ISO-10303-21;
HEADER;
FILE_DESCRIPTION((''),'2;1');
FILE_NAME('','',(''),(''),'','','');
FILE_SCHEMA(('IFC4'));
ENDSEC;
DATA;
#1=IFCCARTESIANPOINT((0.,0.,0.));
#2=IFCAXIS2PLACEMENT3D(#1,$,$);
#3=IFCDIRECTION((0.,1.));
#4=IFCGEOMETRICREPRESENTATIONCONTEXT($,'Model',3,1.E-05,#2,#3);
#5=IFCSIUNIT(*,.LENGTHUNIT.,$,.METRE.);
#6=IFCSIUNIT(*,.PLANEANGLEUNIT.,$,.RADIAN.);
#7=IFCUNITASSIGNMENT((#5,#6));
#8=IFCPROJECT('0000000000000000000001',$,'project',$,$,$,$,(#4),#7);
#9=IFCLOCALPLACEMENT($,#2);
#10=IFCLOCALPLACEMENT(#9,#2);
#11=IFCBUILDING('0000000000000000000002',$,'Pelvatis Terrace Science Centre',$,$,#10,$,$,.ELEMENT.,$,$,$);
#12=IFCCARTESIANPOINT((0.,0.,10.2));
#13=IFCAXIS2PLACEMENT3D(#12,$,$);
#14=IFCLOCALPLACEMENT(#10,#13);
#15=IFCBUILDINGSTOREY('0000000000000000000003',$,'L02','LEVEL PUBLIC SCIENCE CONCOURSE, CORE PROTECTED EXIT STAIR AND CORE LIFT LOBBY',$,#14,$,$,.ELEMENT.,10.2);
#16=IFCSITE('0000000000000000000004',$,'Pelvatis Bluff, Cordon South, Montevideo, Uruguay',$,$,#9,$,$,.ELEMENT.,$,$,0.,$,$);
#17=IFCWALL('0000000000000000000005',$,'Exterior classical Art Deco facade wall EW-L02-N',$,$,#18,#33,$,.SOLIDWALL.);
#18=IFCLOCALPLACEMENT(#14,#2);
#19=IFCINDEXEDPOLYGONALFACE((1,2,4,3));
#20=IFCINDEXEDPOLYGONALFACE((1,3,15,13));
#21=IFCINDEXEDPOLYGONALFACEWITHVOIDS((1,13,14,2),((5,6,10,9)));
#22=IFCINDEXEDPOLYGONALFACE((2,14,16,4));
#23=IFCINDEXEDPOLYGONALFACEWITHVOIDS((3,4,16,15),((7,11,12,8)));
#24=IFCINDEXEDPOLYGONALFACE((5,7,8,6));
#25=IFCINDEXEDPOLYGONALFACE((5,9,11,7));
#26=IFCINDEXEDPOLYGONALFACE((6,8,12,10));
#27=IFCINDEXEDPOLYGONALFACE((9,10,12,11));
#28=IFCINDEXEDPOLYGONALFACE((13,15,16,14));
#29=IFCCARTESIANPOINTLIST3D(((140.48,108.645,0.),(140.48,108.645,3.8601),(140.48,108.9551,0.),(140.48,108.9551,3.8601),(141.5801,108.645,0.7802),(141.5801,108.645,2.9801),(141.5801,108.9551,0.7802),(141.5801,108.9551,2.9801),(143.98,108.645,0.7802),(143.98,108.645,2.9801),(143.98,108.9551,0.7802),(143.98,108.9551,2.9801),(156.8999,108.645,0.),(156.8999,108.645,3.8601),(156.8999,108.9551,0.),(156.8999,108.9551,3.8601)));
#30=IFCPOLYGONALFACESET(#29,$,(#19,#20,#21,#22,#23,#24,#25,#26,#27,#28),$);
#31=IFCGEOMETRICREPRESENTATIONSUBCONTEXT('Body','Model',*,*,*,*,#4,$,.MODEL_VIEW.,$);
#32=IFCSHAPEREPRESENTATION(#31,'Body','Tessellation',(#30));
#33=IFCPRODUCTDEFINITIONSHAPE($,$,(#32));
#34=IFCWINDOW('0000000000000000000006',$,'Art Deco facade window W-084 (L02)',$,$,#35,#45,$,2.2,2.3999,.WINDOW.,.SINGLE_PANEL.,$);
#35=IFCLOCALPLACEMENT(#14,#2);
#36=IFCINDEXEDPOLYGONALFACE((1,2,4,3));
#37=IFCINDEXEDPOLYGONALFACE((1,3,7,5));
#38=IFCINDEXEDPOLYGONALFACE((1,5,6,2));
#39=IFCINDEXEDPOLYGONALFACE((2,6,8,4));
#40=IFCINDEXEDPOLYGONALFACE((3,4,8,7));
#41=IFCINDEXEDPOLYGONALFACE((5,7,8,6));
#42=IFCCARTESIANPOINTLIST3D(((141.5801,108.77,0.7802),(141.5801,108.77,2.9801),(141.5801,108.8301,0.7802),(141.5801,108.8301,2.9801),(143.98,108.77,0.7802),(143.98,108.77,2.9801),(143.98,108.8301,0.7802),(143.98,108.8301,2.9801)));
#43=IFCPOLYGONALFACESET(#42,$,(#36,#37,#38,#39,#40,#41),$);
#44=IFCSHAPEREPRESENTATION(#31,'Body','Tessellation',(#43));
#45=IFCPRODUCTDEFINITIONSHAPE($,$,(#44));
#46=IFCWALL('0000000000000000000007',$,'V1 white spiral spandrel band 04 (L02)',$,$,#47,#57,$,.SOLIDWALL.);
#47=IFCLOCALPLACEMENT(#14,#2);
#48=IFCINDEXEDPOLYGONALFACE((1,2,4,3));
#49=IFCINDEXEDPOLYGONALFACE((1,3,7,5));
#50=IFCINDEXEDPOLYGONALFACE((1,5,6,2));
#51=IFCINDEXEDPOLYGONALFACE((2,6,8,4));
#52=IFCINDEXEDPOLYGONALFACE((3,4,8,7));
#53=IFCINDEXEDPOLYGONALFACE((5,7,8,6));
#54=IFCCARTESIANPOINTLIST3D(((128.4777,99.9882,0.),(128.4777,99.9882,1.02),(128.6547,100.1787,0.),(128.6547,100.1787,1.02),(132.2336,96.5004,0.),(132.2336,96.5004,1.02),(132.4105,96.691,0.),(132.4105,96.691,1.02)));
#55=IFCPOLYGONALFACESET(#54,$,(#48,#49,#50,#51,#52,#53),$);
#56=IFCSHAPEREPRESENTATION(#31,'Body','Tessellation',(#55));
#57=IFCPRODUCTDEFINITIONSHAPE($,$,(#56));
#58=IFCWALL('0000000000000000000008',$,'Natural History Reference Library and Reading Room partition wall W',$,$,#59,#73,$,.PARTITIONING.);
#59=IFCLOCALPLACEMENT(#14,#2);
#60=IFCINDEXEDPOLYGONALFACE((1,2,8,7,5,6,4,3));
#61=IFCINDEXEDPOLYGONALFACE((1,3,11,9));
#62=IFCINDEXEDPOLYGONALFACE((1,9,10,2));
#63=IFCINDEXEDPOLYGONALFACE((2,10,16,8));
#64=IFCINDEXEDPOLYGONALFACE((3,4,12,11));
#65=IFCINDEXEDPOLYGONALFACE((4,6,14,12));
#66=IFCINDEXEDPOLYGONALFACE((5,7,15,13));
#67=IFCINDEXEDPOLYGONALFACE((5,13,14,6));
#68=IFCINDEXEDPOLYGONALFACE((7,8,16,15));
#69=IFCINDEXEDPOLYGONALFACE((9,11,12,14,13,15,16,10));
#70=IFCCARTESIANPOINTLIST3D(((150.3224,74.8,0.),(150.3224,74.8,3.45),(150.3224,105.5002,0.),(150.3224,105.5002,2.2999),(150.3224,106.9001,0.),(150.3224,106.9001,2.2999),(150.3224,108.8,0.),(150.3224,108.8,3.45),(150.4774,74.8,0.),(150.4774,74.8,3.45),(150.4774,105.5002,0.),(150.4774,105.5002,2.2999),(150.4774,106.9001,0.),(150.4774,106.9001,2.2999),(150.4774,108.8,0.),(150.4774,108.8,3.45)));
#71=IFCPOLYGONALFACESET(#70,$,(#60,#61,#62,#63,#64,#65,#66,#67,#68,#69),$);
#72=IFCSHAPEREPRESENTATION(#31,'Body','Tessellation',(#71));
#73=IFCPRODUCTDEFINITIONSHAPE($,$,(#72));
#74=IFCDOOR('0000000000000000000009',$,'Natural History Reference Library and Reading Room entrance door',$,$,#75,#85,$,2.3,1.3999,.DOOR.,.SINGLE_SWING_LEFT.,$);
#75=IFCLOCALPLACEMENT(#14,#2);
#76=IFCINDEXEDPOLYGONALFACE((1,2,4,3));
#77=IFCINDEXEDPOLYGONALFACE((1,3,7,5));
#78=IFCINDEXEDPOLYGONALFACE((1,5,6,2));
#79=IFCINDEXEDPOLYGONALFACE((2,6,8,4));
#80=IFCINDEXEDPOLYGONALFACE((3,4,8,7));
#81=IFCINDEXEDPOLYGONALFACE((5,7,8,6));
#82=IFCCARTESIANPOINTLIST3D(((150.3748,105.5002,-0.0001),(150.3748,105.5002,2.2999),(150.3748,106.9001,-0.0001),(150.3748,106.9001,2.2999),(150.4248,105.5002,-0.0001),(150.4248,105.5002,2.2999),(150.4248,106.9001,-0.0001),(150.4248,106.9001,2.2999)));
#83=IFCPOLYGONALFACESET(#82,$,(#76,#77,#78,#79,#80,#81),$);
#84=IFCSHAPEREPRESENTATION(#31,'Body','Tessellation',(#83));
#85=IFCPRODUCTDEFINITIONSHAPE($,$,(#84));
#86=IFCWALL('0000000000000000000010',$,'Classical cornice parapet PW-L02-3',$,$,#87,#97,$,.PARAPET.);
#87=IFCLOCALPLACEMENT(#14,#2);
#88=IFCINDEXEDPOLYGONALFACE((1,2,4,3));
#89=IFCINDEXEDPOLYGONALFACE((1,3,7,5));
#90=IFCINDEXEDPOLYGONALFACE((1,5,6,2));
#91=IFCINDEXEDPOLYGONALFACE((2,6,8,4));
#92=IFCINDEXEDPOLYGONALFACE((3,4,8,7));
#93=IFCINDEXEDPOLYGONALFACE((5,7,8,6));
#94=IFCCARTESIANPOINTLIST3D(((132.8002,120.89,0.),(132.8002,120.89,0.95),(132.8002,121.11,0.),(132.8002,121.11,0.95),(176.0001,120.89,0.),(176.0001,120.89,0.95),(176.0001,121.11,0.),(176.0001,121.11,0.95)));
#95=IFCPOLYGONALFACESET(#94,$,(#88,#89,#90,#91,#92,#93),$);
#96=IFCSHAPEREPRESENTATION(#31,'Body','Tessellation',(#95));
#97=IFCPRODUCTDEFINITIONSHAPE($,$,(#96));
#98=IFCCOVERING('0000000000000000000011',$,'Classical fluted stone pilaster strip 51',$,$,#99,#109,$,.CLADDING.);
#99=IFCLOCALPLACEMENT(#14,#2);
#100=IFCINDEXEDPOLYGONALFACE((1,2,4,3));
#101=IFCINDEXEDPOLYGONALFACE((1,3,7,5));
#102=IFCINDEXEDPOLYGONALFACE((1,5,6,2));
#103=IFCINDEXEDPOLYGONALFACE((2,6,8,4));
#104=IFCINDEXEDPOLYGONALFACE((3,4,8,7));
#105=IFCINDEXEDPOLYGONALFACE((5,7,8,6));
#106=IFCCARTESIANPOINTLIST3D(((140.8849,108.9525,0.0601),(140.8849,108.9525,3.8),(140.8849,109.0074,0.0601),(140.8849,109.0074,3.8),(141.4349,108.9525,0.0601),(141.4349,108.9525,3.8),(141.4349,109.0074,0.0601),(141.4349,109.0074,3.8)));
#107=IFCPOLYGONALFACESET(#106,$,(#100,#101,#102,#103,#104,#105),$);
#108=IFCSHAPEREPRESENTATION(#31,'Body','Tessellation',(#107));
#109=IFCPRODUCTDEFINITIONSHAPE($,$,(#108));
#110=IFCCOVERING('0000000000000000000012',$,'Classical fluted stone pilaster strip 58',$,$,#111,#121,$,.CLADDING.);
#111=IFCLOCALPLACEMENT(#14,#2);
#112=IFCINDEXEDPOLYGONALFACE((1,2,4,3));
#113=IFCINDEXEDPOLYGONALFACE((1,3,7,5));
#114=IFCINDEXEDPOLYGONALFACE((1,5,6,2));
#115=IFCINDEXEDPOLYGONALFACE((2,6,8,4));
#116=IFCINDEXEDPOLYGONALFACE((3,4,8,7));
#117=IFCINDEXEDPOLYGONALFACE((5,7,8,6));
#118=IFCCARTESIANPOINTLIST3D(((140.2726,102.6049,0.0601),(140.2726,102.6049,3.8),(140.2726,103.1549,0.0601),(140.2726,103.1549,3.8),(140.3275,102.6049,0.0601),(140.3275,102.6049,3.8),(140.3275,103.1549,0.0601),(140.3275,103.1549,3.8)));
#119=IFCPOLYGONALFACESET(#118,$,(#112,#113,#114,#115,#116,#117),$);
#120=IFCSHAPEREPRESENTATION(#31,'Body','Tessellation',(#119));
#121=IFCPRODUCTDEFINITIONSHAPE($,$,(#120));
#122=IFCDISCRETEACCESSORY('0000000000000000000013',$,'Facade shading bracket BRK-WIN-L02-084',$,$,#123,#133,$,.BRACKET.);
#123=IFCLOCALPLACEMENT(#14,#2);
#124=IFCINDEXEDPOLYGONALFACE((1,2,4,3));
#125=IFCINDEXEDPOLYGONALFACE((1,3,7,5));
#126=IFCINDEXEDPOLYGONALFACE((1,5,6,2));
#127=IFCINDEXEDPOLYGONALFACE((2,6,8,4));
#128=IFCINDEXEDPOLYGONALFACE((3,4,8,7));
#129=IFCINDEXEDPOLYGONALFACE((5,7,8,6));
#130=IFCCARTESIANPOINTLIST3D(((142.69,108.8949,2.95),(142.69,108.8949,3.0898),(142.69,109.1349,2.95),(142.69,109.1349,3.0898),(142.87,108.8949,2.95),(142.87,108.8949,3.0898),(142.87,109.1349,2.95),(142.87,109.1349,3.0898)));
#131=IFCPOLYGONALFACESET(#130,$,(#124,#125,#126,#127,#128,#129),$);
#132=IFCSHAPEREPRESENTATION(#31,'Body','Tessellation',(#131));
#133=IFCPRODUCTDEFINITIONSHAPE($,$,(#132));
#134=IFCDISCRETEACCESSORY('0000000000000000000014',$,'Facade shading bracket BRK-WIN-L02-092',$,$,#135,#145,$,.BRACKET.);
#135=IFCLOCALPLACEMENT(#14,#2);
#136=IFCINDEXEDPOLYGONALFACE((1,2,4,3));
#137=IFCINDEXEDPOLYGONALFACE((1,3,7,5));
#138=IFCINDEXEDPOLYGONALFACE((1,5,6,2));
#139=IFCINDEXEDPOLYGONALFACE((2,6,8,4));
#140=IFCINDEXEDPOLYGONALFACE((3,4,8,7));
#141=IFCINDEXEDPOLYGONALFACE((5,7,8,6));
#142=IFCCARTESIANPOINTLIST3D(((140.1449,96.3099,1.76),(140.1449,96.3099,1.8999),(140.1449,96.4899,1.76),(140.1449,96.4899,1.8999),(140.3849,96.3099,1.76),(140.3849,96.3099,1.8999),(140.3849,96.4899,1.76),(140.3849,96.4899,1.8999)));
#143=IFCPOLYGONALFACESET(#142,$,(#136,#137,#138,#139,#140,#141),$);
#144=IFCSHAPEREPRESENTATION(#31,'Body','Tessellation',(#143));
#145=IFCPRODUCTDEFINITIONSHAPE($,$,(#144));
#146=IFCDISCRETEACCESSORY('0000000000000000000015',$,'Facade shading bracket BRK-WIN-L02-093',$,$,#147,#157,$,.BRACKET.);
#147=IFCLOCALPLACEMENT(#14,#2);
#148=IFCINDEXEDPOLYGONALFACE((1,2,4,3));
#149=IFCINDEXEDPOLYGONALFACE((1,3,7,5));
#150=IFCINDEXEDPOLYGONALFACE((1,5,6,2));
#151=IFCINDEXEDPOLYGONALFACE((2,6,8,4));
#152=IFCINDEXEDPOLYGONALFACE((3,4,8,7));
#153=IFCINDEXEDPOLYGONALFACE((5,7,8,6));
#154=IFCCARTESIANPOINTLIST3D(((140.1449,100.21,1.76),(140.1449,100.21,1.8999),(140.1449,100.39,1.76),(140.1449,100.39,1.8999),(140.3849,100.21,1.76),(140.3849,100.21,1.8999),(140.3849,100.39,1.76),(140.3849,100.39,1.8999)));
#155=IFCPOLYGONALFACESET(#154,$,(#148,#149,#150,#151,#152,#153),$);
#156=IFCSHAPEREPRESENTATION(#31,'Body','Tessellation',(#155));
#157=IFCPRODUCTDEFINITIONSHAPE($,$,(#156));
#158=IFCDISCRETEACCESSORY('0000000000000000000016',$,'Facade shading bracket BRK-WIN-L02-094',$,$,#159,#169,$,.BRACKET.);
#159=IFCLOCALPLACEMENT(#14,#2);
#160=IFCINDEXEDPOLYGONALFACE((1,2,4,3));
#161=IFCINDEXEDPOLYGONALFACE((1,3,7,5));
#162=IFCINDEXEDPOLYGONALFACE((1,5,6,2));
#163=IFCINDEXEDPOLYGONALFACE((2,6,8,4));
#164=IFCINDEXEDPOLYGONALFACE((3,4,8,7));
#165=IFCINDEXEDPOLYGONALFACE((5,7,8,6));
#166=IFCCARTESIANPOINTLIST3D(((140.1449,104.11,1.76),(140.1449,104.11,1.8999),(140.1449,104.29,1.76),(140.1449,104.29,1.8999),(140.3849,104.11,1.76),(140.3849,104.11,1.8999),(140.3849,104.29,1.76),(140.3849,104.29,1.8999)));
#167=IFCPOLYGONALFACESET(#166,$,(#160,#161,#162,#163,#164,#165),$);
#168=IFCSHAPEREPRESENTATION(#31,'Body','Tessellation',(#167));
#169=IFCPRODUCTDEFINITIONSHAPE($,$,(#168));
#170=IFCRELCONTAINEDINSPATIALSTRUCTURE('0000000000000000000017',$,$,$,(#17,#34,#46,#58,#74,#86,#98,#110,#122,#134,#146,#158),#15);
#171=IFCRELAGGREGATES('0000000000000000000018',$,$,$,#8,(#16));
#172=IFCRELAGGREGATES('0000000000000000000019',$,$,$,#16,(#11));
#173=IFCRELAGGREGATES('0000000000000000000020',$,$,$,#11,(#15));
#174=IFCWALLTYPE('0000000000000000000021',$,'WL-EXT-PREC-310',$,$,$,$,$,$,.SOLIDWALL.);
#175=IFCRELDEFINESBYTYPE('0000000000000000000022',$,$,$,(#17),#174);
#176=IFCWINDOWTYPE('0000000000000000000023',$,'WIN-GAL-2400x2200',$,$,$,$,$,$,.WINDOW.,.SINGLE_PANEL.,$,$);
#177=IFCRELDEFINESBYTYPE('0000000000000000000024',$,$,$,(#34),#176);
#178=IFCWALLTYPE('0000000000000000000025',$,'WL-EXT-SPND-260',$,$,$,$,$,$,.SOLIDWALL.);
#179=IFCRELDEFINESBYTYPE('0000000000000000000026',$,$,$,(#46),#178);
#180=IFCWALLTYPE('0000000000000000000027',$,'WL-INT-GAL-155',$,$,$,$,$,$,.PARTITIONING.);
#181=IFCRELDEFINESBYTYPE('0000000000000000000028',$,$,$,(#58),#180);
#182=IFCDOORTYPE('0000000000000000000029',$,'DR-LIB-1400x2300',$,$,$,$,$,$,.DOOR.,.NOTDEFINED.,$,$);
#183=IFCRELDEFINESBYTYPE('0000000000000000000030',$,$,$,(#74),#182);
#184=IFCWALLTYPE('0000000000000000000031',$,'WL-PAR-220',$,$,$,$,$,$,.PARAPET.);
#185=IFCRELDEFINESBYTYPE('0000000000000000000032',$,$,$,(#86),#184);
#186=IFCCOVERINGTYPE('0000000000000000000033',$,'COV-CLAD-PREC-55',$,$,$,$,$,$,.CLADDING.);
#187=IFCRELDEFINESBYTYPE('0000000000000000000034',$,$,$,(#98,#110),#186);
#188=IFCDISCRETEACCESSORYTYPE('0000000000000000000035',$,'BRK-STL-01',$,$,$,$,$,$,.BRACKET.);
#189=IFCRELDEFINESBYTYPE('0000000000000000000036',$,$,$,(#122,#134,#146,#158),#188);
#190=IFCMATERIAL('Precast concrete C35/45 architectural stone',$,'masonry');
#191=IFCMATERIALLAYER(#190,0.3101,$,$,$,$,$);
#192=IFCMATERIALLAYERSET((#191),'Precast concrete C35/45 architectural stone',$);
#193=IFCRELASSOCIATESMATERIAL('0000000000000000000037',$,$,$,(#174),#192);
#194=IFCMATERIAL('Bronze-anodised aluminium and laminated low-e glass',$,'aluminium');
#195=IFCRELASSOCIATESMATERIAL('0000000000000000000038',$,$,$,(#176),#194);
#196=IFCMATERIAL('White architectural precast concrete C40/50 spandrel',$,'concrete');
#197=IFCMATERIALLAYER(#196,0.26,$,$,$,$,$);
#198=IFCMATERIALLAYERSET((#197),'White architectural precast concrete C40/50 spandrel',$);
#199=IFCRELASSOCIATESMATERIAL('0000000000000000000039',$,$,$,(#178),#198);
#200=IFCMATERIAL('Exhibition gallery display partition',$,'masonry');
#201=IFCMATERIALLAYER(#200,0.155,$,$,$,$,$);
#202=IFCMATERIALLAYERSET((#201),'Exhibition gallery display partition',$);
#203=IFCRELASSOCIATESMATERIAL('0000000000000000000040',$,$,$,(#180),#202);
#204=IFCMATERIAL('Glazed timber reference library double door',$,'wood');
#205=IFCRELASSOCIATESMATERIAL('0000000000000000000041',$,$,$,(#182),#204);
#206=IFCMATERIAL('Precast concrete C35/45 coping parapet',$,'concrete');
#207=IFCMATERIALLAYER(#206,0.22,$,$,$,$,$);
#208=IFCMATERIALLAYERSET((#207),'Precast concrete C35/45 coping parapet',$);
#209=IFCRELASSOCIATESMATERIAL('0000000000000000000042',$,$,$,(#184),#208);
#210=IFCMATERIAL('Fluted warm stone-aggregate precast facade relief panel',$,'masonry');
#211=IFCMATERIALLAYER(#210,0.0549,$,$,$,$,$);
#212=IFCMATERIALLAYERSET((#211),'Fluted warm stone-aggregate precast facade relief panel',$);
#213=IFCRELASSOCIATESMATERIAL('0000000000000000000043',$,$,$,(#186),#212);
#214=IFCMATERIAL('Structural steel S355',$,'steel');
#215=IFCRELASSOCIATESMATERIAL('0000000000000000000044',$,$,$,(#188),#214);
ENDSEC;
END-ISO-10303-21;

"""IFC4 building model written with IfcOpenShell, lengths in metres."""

from ifc_helpers import new_model, si_unit, direction, frame, frame_2d, origin, origin_2d, place, context, subcontext, project, spatial, rectangle, extrude, material, layer, layer_set, type_object, element, fill, save


model = new_model("IFC4")

# Units and contexts
model_context = context("Model", 3, precision=1e-05, world=origin(), true_north=direction((0.0, 1.0)))
body_context = subcontext(model_context, "Body", "Model", "MODEL_VIEW")
ifc_project = project(units=[si_unit("LENGTHUNIT", "METRE"), si_unit("PLANEANGLEUNIT", "RADIAN")], contexts=[model_context])

# Site, building, storey
site_placement = place(None, origin())
site = spatial("IfcSite", under=ifc_project, at=site_placement, Name="Pelvatis Bluff, Cordon South, Montevideo, Uruguay", CompositionType="ELEMENT", RefElevation=0.0)
building_placement = place(site_placement, origin())
building = spatial("IfcBuilding", under=site, at=building_placement, Name="Pelvatis Terrace Science Centre", CompositionType="ELEMENT")
storey_placement = place(building_placement, frame((0.0, 0.0, 10.2)))
storey = spatial("IfcBuildingStorey", under=building, at=storey_placement, Name="L02", Description="LEVEL PUBLIC SCIENCE CONCOURSE, CORE PROTECTED EXIT STAIR AND CORE LIFT LOBBY", CompositionType="ELEMENT", Elevation=10.2)

# Wall, opening, window
ifc_material_1 = material(Name="Precast concrete C35/45 architectural stone", Category="masonry")
ifc_layer_1 = layer(ifc_material_1, 0.3101)
ifc_layer_set_1 = layer_set([ifc_layer_1], Name="Precast concrete C35/45 architectural stone")
wall_type_1 = type_object("IfcWallType", Name="WL-EXT-PREC-310", PredefinedType="SOLIDWALL", material=ifc_layer_set_1)
wall_1_placement = place(storey_placement, frame((140.48, 108.8, 0.0), z_axis=(0.0, 0.0, 1.0), x_axis=(1.0, 0.0, 0.0)))
wall_1 = element("IfcWall", 1, at=wall_1_placement, inside=storey, type_object=wall_type_1, Name="Exterior classical Art Deco facade wall EW-L02-N", PredefinedType="SOLIDWALL", context=body_context, shape_type="SweptSolid", body=[
    extrude(rectangle(XDim=16.4199, YDim=0.3101, at=frame_2d((8.21, 0.0))), origin(), (0.0, 0.0, 1.0), 3.8601),
])
opening_1_placement = place(wall_1_placement, frame((1.1001, 0.0, 0.78)))
opening_1 = element("IfcOpeningElement", 2, at=opening_1_placement, cuts=wall_1, PredefinedType="OPENING", context=body_context, shape_type="SweptSolid", body=[
    extrude(rectangle(XDim=2.3999, YDim=2.2, at=frame_2d((1.2, 1.1001))), frame((0.0, 0.165, 0.0), z_axis=(0.0, -1.0, 0.0), x_axis=(1.0, 0.0, 0.0)), (0.0, 0.0, 1.0), 0.3301),
])
ifc_material_2 = material(Name="Bronze-anodised aluminium and laminated low-e glass", Category="aluminium")
window_type = type_object("IfcWindowType", Name="WIN-GAL-2400x2200", PartitioningType="SINGLE_PANEL", PredefinedType="WINDOW", material=ifc_material_2)
window_placement = place(opening_1_placement, origin())
window = element("IfcWindow", 3, at=window_placement, inside=storey, type_object=window_type, Name="Art Deco facade window W-084 (L02)", OverallHeight=2.2, OverallWidth=2.3999, PartitioningType="SINGLE_PANEL", PredefinedType="WINDOW", context=body_context, shape_type="SweptSolid", body=[
    extrude(rectangle(XDim=2.3999, YDim=2.2, at=frame_2d((1.2, 1.1001))), frame((0.0, 0.03, 0.0), z_axis=(0.0, -1.0, 0.0), x_axis=(1.0, 0.0, 0.0)), (0.0, 0.0, 1.0), 0.0601),
])
fill(opening_1, window)

# Wall
ifc_material_3 = material(Name="White architectural precast concrete C40/50 spandrel", Category="concrete")
ifc_layer_2 = layer(ifc_material_3, 0.26)
ifc_layer_set_2 = layer_set([ifc_layer_2], Name="White architectural precast concrete C40/50 spandrel")
wall_type_2 = type_object("IfcWallType", Name="WL-EXT-SPND-260", PredefinedType="SOLIDWALL", material=ifc_layer_set_2)
wall_2_placement = place(storey_placement, frame((132.322, 96.5957, 0.0), z_axis=(0.0, 0.0, 1.0), x_axis=(-0.732773, 0.680473, 0.0)))
element("IfcWall", 4, at=wall_2_placement, inside=storey, type_object=wall_type_2, Name="V1 white spiral spandrel band 04 (L02)", PredefinedType="SOLIDWALL", context=body_context, shape_type="SweptSolid", body=[
    extrude(rectangle(XDim=5.1255, YDim=0.26, at=frame_2d((2.5627, 0.0))), origin(), (0.0, 0.0, 1.0), 1.02),
])

# Wall, opening, door
ifc_material_4 = material(Name="Exhibition gallery display partition", Category="masonry")
ifc_layer_3 = layer(ifc_material_4, 0.155)
ifc_layer_set_3 = layer_set([ifc_layer_3], Name="Exhibition gallery display partition")
wall_type_3 = type_object("IfcWallType", Name="WL-INT-GAL-155", PredefinedType="PARTITIONING", material=ifc_layer_set_3)
wall_3_placement = place(storey_placement, frame((150.3999, 108.8, 0.0), z_axis=(0.0, 0.0, 1.0), x_axis=(0.0, -1.0, 0.0)))
wall_3 = element("IfcWall", 5, at=wall_3_placement, inside=storey, type_object=wall_type_3, Name="Natural History Reference Library and Reading Room partition wall W", PredefinedType="PARTITIONING", context=body_context, shape_type="SweptSolid", body=[
    extrude(rectangle(XDim=34.0, YDim=0.155, at=frame_2d((17.0, 0.0))), origin(), (0.0, 0.0, 1.0), 3.45),
])
opening_2_placement = place(wall_3_placement, frame((1.8999, 0.0, 0.0)))
opening_2 = element("IfcOpeningElement", 6, at=opening_2_placement, cuts=wall_3, PredefinedType="OPENING", context=body_context, shape_type="SweptSolid", body=[
    extrude(rectangle(XDim=1.3999, YDim=2.3, at=frame_2d((0.7, 1.1499))), frame((0.0, 0.0874, 0.0), z_axis=(0.0, -1.0, 0.0), x_axis=(1.0, 0.0, 0.0)), (0.0, 0.0, 1.0), 0.175),
])
ifc_material_5 = material(Name="Glazed timber reference library double door", Category="wood")
door_type = type_object("IfcDoorType", Name="DR-LIB-1400x2300", OperationType="NOTDEFINED", PredefinedType="DOOR", material=ifc_material_5)
door_placement = place(opening_2_placement, origin())
door = element("IfcDoor", 7, at=door_placement, inside=storey, type_object=door_type, Name="Natural History Reference Library and Reading Room entrance door", OperationType="SINGLE_SWING_LEFT", OverallHeight=2.3, OverallWidth=1.3999, PredefinedType="DOOR", context=body_context, shape_type="SweptSolid", body=[
    extrude(rectangle(XDim=1.3999, YDim=2.3, at=frame_2d((0.7, 1.1499))), frame((0.0, 0.0249, 0.0), z_axis=(0.0, -1.0, 0.0), x_axis=(1.0, 0.0, 0.0)), (0.0, 0.0, 1.0), 0.05),
])
fill(opening_2, door)

# Wall
ifc_material_6 = material(Name="Precast concrete C35/45 coping parapet", Category="concrete")
ifc_layer_4 = layer(ifc_material_6, 0.22)
ifc_layer_set_4 = layer_set([ifc_layer_4], Name="Precast concrete C35/45 coping parapet")
wall_type_4 = type_object("IfcWallType", Name="WL-PAR-220", PredefinedType="PARAPET", material=ifc_layer_set_4)
wall_4_placement = place(storey_placement, frame((132.8, 121.0, 0.0), z_axis=(0.0, 0.0, 1.0), x_axis=(1.0, 0.0, 0.0)))
element("IfcWall", 8, at=wall_4_placement, inside=storey, type_object=wall_type_4, Name="Classical cornice parapet PW-L02-3", PredefinedType="PARAPET", context=body_context, shape_type="SweptSolid", body=[
    extrude(rectangle(XDim=43.2, YDim=0.22, at=frame_2d((21.6001, 0.0))), origin(), (0.0, 0.0, 1.0), 0.95),
])

# Coverings
ifc_material_7 = material(Name="Fluted warm stone-aggregate precast facade relief panel", Category="masonry")
ifc_layer_5 = layer(ifc_material_7, 0.0549)
ifc_layer_set_5 = layer_set([ifc_layer_5], Name="Fluted warm stone-aggregate precast facade relief panel")
covering_type = type_object("IfcCoveringType", Name="COV-CLAD-PREC-55", PredefinedType="CLADDING", material=ifc_layer_set_5)
covering_1_placement = place(storey_placement, frame((141.1599, 108.98, 0.0601), z_axis=(0.0, 0.0, 1.0), x_axis=(1.0, 0.0, 0.0)))
element("IfcCovering", 9, at=covering_1_placement, inside=storey, type_object=covering_type, Name="Classical fluted stone pilaster strip 51", PredefinedType="CLADDING", context=body_context, shape_type="SweptSolid", body=[
    extrude(rectangle(XDim=0.55, YDim=0.0549, at=origin_2d()), origin(), (0.0, 0.0, 1.0), 3.74),
])
covering_2_placement = place(storey_placement, frame((140.3, 102.8799, 0.0601), z_axis=(0.0, 0.0, 1.0), x_axis=(1.0, 0.0, 0.0)))
element("IfcCovering", 10, at=covering_2_placement, inside=storey, type_object=covering_type, Name="Classical fluted stone pilaster strip 58", PredefinedType="CLADDING", context=body_context, shape_type="SweptSolid", body=[
    extrude(rectangle(XDim=0.0549, YDim=0.55, at=origin_2d()), origin(), (0.0, 0.0, 1.0), 3.74),
])

# Discrete accessories
ifc_material_8 = material(Name="Structural steel S355", Category="steel")
discrete_accessory_type = type_object("IfcDiscreteAccessoryType", Name="BRK-STL-01", PredefinedType="BRACKET", material=ifc_material_8)
discrete_accessory_placement = place(storey_placement, frame((142.78, 109.0149, 2.95)))
element("IfcDiscreteAccessory", 11, at=discrete_accessory_placement, inside=storey, type_object=discrete_accessory_type, Name="Facade shading bracket BRK-WIN-L02-084", PredefinedType="BRACKET", context=body_context, shape_type="SweptSolid", body=[
    extrude(rectangle(XDim=0.18, YDim=0.24, at=origin_2d()), origin(), (0.0, 0.0, 1.0), 0.1399),
])
for number, where, name in (
    (12, (140.2649, 96.3999, 1.76), "Facade shading bracket BRK-WIN-L02-092"),
    (13, (140.2649, 100.3, 1.76), "Facade shading bracket BRK-WIN-L02-093"),
    (14, (140.2649, 104.2, 1.76), "Facade shading bracket BRK-WIN-L02-094"),
):
    element("IfcDiscreteAccessory", number, at=place(storey_placement, frame(where)), inside=storey, type_object=discrete_accessory_type, Name=name, PredefinedType="BRACKET", context=body_context, shape_type="SweptSolid", body=[
        extrude(rectangle(XDim=0.24, YDim=0.18, at=origin_2d()), origin(), (0.0, 0.0, 1.0), 0.1399),
    ])

save(model, "model.ifc")
